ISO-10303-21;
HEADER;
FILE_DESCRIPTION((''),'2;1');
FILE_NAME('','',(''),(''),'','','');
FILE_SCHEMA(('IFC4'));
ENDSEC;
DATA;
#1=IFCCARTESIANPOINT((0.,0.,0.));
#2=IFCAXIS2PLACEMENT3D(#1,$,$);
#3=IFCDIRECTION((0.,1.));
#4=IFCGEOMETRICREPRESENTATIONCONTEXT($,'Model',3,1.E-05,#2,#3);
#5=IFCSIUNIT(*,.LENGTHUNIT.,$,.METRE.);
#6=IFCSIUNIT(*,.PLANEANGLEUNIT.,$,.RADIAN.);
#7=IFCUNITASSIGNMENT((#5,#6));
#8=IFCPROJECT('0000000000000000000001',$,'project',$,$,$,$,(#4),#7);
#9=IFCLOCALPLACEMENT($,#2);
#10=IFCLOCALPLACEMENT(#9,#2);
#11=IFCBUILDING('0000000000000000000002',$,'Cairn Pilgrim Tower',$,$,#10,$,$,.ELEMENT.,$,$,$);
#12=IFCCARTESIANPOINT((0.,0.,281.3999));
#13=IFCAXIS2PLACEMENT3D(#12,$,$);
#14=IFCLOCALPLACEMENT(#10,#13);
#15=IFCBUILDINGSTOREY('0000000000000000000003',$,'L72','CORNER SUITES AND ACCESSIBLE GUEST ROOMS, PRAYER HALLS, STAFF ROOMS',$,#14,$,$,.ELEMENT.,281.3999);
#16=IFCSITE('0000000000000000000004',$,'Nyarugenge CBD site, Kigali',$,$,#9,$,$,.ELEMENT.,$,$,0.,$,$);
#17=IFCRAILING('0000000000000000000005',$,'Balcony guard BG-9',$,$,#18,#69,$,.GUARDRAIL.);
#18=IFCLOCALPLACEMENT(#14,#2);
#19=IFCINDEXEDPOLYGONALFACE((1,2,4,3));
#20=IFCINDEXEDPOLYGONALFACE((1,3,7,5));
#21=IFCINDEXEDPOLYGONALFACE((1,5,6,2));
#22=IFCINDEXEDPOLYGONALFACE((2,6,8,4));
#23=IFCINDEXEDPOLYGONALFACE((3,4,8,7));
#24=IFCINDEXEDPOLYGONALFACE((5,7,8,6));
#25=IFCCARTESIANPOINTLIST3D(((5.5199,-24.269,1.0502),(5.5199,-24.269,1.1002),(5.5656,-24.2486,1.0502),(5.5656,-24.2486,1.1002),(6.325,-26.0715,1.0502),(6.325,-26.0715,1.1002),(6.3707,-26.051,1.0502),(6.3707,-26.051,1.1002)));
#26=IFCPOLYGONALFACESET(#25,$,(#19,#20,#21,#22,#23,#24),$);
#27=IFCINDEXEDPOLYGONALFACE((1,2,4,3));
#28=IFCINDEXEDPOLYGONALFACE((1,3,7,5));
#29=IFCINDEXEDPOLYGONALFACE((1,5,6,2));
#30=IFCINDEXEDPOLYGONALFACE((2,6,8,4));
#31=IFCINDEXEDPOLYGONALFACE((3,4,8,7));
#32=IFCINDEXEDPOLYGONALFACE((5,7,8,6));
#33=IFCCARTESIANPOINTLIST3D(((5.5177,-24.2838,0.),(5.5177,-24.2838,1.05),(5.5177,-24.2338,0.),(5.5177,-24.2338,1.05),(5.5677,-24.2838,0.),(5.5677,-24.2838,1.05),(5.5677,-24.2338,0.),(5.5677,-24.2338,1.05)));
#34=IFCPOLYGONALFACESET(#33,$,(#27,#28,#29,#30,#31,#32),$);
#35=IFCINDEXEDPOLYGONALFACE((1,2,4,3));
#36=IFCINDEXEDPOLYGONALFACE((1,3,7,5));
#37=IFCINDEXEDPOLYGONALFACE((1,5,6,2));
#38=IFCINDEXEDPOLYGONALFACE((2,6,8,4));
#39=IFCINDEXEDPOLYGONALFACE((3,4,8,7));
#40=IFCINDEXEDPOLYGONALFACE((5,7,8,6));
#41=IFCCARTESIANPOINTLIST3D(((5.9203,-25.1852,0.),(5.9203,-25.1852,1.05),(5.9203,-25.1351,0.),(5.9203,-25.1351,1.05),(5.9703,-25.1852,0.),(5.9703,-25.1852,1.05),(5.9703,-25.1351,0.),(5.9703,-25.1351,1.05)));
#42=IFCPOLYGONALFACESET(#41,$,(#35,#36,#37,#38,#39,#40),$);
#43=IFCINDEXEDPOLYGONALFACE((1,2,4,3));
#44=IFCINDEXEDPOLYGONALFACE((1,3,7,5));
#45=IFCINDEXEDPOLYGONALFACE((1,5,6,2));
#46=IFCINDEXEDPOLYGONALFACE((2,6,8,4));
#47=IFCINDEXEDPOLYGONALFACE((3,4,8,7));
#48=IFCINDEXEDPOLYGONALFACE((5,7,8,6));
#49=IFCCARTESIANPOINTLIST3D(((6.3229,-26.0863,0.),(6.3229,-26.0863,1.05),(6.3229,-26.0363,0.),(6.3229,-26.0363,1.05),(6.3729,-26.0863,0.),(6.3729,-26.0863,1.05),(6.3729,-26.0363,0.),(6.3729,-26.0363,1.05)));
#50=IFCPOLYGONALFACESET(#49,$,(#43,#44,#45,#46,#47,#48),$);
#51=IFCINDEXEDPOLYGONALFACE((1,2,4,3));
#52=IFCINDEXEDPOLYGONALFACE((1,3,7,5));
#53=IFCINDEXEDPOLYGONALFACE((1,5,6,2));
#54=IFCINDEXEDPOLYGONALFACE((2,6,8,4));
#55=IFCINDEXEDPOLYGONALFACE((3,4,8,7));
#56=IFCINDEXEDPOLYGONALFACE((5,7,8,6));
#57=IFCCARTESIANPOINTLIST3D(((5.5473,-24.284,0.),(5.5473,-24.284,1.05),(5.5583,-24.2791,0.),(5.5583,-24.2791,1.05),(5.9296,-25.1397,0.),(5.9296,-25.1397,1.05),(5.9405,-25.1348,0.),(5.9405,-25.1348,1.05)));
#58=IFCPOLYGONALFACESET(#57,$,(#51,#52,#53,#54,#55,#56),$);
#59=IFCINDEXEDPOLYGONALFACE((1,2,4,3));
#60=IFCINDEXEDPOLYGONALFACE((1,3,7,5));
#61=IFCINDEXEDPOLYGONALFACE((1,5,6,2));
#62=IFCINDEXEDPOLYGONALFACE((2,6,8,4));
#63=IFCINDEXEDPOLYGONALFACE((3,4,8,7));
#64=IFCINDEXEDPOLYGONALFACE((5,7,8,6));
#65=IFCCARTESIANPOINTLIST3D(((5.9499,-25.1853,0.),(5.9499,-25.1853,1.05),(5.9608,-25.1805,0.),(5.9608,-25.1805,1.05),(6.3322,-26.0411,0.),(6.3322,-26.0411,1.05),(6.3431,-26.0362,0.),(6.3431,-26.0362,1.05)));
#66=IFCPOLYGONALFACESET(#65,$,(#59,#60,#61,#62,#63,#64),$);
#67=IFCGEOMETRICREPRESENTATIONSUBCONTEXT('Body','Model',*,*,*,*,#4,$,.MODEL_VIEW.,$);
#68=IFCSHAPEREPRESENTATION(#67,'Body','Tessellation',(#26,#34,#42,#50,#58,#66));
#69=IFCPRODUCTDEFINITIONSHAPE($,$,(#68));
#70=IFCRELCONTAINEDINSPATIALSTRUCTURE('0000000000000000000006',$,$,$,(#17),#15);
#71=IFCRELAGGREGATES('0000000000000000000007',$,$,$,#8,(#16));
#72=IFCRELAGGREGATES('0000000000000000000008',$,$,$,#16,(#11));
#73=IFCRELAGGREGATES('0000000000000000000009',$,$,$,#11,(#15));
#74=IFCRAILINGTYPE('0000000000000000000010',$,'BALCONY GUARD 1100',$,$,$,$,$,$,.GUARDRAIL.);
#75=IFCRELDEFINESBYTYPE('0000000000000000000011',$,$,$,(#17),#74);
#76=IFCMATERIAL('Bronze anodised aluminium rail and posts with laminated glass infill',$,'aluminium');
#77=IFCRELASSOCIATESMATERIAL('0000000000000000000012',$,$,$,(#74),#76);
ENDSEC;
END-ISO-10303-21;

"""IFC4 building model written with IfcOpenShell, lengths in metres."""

from ifc_helpers import new_model, si_unit, direction, frame, origin, origin_2d, place, context, subcontext, project, spatial, polyline, rectangle, outline, extrude, material, type_object, element, save


model = new_model("IFC4")

# Units and contexts
model_context = context("Model", 3, precision=1e-05, world=origin(), true_north=direction((0.0, 1.0)))
body_context = subcontext(model_context, "Body", "Model", "MODEL_VIEW")
ifc_project = project(units=[si_unit("LENGTHUNIT", "METRE"), si_unit("PLANEANGLEUNIT", "RADIAN")], contexts=[model_context])

# Site, building, storey
site_placement = place(None, origin())
site = spatial("IfcSite", under=ifc_project, at=site_placement, Name="Nyarugenge CBD site, Kigali", CompositionType="ELEMENT", RefElevation=0.0)
building_placement = place(site_placement, origin())
building = spatial("IfcBuilding", under=site, at=building_placement, Name="Cairn Pilgrim Tower", CompositionType="ELEMENT")
storey_placement = place(building_placement, frame((0.0, 0.0, 281.3999)))
storey = spatial("IfcBuildingStorey", under=building, at=storey_placement, Name="L72", Description="CORNER SUITES AND ACCESSIBLE GUEST ROOMS, PRAYER HALLS, STAFF ROOMS", CompositionType="ELEMENT", Elevation=281.3999)

# Railing
ifc_material_1 = material(Name="Bronze anodised aluminium rail and posts with laminated glass infill", Category="aluminium")
railing_type_1 = type_object("IfcRailingType", Name="BALCONY GUARD 1100", PredefinedType="GUARDRAIL", material=ifc_material_1)
railing_1_placement = place(storey_placement, frame((5.5427, -24.2588, 0.0)))
element("IfcRailing", 1, at=railing_1_placement, inside=storey, type_object=railing_type_1, Name="Balcony guard BG-9", PredefinedType="GUARDRAIL", context=body_context, shape_type="SweptSolid", body=[
    extrude(rectangle(XDim=0.05, YDim=0.05, at=origin_2d()), frame((0.0, 0.0, 1.0752), z_axis=(0.407859, -0.913045, 0.0), x_axis=(0.913045, 0.407859, 0.0)), (0.0, 0.0, 1.0), 1.9741),
    extrude(rectangle(XDim=0.05, YDim=0.05, at=origin_2d()), origin(), (0.0, 0.0, 1.0), 1.05),
    extrude(rectangle(XDim=0.05, YDim=0.05, at=origin_2d()), frame((0.4026, -0.9014, 0.0)), (0.0, 0.0, 1.0), 1.05),
    extrude(rectangle(XDim=0.05, YDim=0.05, at=origin_2d()), frame((0.8052, -1.8025, 0.0)), (0.0, 0.0, 1.0), 1.05),
    extrude(outline(polyline([(0.0249, 0.0), (0.9622, 0.0), (0.9622, 1.05), (0.0249, 1.05), (0.0249, 0.0)])), frame((0.0054, 0.0024, 0.0), z_axis=(-0.913045, -0.407859, 0.0), x_axis=(0.407859, -0.913045, 0.0)), (0.0, 0.0, 1.0), 0.012),
    extrude(outline(polyline([(0.0249, 0.0), (0.9622, 0.0), (0.9622, 1.05), (0.0249, 1.05), (0.0249, 0.0)])), frame((0.408, -0.8989, 0.0), z_axis=(-0.913045, -0.407859, 0.0), x_axis=(0.407859, -0.913045, 0.0)), (0.0, 0.0, 1.0), 0.012),
])

save(model, "model.ifc")
